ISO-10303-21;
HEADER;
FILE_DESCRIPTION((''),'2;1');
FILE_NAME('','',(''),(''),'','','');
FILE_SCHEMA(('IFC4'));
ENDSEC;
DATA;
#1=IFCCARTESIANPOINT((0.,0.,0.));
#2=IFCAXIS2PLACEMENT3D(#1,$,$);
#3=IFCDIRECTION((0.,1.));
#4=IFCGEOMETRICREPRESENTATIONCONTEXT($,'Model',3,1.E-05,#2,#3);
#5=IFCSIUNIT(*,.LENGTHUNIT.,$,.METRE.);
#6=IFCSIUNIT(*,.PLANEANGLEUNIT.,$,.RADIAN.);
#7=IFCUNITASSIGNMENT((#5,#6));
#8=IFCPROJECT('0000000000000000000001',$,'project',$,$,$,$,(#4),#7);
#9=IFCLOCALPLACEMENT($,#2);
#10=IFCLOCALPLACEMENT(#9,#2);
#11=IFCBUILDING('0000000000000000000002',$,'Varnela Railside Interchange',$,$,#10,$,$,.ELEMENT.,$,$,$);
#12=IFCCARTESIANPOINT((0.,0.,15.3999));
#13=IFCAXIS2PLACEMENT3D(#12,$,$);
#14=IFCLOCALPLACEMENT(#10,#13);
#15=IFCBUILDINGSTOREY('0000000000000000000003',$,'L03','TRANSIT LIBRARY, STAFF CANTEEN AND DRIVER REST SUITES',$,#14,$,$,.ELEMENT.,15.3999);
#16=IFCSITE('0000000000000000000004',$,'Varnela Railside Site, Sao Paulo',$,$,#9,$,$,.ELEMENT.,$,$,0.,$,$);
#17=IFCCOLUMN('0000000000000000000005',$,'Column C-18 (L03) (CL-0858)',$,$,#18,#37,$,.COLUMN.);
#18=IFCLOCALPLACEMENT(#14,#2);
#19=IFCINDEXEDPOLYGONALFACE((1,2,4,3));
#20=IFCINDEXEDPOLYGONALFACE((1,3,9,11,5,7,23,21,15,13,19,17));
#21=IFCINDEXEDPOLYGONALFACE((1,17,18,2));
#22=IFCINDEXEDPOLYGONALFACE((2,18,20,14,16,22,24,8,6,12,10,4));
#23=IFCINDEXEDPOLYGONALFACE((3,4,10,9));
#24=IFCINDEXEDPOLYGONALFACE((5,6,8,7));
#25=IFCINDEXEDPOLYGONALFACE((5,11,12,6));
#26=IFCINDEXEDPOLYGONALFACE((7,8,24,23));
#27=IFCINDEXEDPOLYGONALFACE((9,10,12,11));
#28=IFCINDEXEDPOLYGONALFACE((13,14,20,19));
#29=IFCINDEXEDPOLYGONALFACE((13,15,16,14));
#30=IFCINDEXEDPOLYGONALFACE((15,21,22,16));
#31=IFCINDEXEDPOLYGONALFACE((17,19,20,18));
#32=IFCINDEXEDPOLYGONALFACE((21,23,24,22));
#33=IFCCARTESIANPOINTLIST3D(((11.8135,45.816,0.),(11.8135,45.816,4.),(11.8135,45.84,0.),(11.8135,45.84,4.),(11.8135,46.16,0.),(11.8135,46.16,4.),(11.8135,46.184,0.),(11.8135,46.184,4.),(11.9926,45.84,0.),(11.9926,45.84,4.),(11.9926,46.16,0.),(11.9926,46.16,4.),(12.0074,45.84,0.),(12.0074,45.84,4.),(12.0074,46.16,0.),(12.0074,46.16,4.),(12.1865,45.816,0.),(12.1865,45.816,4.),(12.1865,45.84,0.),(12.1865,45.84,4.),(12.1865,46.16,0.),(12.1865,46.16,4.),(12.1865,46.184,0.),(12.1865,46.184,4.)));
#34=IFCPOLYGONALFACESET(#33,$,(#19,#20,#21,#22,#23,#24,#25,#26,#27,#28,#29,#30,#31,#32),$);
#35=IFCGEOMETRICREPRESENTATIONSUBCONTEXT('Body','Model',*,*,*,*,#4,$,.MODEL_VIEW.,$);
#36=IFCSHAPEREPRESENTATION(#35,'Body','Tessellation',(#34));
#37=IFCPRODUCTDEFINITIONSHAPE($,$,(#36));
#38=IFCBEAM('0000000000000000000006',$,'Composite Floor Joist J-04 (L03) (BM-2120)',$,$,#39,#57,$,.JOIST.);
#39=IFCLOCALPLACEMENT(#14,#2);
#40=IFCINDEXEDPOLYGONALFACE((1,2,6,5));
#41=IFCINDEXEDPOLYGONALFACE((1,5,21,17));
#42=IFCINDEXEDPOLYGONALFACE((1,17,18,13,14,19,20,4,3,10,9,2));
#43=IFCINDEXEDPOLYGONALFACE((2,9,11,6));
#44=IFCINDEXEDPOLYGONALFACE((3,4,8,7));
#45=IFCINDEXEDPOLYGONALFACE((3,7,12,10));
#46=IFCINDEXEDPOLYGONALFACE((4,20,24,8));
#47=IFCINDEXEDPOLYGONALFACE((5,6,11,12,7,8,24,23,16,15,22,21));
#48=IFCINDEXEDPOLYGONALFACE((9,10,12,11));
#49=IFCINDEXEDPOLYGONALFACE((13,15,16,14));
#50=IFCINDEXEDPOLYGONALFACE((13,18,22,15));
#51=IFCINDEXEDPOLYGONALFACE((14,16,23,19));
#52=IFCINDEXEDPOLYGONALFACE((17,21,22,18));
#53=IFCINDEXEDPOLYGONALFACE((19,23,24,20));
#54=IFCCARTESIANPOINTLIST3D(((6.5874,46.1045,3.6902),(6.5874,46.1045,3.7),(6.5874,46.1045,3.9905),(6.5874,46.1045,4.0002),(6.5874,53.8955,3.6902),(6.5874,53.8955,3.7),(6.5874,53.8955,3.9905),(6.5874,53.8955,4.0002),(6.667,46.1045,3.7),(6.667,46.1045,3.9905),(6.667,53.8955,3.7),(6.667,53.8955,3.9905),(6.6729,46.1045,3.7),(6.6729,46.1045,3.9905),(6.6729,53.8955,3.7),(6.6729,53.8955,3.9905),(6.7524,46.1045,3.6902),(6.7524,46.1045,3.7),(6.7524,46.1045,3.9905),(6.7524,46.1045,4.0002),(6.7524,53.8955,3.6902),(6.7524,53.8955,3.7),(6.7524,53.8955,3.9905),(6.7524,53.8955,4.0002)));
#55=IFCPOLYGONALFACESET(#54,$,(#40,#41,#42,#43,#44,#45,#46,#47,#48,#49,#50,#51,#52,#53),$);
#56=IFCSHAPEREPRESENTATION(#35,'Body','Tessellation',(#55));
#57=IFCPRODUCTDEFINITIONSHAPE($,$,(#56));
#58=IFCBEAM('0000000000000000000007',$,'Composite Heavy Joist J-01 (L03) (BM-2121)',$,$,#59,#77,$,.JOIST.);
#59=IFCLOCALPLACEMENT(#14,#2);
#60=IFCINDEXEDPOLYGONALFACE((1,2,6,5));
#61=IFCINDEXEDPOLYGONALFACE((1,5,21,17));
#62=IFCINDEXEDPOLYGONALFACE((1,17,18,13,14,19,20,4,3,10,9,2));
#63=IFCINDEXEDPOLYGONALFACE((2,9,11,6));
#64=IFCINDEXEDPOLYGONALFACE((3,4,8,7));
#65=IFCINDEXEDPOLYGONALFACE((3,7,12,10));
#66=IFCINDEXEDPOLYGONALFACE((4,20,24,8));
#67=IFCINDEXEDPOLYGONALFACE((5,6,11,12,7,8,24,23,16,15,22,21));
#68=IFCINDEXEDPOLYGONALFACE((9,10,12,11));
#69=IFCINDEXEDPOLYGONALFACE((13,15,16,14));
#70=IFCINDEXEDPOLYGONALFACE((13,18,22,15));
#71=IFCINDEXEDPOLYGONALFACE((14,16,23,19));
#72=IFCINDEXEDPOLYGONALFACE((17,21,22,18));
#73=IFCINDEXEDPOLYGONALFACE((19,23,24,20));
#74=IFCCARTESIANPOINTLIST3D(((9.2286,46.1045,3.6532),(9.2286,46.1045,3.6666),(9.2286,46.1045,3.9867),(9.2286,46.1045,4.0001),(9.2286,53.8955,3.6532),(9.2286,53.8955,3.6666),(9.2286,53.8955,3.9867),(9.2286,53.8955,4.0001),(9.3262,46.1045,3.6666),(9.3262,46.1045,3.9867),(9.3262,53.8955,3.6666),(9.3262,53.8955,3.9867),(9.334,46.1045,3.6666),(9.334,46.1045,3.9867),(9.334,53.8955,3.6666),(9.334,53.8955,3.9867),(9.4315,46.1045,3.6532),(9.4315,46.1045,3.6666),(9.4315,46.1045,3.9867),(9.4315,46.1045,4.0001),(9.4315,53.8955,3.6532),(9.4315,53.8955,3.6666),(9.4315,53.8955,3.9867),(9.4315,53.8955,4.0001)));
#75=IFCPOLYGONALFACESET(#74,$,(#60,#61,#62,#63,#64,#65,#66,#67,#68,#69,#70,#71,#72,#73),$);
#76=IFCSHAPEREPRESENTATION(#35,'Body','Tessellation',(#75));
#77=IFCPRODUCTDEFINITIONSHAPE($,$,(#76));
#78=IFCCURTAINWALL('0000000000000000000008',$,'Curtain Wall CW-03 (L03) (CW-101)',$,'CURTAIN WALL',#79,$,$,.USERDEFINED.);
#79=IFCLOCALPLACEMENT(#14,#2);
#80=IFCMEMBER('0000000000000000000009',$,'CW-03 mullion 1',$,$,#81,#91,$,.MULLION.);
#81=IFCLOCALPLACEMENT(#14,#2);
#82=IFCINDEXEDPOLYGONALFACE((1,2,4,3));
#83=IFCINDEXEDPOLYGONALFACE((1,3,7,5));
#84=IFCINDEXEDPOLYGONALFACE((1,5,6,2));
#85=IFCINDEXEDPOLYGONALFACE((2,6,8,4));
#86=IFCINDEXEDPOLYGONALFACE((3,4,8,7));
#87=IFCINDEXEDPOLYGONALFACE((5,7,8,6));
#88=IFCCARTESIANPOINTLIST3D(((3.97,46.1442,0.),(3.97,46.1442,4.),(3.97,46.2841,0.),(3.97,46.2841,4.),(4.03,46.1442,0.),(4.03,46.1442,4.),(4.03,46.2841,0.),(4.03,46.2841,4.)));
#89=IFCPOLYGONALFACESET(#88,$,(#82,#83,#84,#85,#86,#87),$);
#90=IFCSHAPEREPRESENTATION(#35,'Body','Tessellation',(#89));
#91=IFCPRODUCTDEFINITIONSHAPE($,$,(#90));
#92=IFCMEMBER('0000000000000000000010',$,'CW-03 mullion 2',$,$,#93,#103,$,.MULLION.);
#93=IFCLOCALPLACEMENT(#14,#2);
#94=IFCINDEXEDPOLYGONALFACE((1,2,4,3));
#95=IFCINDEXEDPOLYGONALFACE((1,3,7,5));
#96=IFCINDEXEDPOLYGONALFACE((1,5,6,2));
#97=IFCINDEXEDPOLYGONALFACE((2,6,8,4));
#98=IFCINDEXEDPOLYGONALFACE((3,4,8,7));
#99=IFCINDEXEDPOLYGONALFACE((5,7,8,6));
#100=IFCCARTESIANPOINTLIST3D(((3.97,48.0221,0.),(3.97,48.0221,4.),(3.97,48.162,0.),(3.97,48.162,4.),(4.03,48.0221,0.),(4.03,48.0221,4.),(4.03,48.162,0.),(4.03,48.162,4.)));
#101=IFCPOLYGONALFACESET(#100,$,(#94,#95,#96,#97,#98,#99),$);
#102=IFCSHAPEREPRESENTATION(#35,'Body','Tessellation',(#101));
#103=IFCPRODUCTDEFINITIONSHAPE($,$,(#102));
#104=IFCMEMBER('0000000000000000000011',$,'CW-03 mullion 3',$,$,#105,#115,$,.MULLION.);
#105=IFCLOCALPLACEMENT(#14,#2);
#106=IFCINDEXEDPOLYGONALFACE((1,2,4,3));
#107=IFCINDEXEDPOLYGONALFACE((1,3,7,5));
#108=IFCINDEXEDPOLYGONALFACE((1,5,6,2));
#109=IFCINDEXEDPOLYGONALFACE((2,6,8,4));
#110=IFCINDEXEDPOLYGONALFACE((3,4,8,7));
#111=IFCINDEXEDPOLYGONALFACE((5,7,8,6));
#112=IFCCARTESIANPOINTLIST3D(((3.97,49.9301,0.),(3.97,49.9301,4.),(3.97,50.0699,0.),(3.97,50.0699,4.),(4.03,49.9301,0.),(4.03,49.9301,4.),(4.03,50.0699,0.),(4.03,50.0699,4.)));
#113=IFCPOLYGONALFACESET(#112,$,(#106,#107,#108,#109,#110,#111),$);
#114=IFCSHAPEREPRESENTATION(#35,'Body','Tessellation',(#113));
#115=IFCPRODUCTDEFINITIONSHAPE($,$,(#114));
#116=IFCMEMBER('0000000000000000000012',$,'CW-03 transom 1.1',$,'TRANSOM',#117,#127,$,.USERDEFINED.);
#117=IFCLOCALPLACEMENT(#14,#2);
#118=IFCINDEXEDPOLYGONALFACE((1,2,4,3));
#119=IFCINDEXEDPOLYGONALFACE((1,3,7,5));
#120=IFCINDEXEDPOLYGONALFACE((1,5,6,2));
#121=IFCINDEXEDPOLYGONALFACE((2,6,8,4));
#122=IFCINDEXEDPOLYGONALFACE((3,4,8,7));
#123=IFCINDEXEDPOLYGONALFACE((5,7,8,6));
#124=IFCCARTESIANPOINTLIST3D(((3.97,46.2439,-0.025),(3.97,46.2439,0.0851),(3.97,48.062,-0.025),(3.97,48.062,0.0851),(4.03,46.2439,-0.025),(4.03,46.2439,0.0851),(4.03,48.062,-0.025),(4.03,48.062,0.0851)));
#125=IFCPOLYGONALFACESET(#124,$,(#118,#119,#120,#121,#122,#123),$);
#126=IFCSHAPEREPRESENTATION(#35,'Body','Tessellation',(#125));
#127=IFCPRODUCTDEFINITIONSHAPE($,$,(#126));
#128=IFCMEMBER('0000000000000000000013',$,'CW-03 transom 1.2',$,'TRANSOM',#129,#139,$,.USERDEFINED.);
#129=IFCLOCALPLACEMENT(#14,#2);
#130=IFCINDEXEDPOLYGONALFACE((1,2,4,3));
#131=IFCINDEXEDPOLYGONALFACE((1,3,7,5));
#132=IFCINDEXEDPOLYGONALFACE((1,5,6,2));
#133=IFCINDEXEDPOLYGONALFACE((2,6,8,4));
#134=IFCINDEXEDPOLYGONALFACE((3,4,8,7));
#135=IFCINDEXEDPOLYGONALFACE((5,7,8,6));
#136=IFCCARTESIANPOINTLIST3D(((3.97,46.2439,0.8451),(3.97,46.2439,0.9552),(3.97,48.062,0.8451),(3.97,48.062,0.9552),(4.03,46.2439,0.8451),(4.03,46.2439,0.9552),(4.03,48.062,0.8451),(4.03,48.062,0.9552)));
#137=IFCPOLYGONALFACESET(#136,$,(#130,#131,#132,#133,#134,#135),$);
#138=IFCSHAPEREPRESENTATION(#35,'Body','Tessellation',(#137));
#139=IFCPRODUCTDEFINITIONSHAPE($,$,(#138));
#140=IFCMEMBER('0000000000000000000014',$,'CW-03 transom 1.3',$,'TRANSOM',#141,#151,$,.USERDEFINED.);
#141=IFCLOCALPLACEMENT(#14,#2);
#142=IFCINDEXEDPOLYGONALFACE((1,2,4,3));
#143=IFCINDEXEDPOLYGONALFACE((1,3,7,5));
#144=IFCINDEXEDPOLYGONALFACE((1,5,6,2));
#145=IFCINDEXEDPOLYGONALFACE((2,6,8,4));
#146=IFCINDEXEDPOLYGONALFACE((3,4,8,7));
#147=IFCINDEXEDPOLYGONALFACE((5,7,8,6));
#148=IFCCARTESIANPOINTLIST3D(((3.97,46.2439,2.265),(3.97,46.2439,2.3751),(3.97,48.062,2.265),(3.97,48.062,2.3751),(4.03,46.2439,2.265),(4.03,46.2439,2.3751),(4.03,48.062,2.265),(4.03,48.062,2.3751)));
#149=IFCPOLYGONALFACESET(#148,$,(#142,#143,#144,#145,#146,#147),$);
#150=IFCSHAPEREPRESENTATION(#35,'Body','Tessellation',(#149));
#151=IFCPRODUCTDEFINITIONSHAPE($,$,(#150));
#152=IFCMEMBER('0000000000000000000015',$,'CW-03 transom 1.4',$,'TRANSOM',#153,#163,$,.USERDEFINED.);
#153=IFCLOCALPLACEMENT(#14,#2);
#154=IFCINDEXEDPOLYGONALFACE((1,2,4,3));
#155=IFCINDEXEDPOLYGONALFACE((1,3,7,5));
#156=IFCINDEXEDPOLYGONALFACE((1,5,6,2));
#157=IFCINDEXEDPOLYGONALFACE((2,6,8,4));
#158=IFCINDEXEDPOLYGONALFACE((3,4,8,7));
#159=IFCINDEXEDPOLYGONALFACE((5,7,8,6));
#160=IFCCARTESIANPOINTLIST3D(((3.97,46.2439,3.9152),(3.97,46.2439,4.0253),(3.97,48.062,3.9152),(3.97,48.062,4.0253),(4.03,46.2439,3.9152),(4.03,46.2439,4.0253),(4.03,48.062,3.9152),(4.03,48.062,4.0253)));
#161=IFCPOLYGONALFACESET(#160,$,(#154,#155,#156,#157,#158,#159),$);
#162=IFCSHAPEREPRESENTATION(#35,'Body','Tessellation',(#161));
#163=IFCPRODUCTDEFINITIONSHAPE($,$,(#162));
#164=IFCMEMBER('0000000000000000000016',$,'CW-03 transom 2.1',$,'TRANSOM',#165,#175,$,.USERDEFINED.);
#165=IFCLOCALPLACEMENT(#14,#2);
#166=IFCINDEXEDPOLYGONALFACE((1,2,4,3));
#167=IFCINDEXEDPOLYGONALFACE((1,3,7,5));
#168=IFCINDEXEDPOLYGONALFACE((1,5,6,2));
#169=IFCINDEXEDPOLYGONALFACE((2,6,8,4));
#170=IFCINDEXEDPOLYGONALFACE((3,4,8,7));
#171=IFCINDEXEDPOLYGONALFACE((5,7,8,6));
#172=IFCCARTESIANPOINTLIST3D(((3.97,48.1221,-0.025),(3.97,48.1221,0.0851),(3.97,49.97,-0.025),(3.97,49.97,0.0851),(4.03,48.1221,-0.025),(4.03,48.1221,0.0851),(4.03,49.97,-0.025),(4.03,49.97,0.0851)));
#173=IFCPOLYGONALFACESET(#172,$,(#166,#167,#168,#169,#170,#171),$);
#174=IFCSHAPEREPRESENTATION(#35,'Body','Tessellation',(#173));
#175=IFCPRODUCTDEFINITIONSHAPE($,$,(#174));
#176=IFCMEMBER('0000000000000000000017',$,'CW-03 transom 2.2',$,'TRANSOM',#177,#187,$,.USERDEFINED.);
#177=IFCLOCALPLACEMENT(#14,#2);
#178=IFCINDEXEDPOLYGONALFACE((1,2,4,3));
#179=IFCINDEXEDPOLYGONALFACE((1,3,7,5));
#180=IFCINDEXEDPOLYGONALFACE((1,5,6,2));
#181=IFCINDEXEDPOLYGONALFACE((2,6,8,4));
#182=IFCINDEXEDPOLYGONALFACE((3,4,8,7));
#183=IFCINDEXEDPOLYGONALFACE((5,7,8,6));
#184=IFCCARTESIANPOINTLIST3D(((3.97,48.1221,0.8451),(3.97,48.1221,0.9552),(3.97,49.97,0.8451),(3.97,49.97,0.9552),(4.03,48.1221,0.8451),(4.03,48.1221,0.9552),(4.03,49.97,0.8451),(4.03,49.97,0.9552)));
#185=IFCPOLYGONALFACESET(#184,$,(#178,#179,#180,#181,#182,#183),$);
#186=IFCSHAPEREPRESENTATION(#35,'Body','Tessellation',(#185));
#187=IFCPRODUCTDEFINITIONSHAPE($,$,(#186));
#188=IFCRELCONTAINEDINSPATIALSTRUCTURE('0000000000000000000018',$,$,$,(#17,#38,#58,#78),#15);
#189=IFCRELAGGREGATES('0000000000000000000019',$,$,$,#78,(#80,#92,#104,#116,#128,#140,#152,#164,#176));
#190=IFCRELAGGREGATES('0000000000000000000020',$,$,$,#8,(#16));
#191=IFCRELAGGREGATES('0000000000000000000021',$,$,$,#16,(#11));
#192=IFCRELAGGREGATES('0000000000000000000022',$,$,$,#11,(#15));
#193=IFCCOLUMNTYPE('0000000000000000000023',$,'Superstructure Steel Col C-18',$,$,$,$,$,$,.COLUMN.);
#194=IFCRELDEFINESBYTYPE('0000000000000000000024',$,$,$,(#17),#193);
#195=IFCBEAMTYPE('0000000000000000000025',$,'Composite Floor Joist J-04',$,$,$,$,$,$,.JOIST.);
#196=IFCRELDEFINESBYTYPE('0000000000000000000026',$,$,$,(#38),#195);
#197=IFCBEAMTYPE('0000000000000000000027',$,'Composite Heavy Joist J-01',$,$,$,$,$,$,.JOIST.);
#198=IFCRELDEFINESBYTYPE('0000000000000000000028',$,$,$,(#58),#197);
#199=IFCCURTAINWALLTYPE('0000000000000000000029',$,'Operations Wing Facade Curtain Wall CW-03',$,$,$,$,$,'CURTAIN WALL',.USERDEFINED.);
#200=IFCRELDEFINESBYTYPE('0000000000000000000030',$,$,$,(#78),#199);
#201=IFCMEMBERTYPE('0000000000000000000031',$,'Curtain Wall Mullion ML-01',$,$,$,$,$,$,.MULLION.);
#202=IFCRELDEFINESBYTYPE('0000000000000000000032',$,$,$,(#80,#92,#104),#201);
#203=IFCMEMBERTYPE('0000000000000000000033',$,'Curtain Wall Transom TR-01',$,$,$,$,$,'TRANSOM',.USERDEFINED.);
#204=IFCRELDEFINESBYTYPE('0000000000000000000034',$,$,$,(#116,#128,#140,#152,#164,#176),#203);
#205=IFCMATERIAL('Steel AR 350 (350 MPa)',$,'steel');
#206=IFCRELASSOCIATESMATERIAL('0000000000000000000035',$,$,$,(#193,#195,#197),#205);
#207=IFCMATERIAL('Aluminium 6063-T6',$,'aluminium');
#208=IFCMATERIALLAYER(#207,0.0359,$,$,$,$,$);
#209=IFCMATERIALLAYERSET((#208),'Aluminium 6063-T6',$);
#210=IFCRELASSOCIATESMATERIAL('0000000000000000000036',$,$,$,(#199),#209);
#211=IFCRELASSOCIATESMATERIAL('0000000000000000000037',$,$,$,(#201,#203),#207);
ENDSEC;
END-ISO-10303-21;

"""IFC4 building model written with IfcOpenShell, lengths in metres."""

from ifc_helpers import new_model, si_unit, direction, frame, origin, origin_2d, place, context, subcontext, project, spatial, rectangle, i_section, extrude, material, layer, layer_set, material_profile, profile_set, type_object, element, aggregate, save


model = new_model("IFC4")

# Units and contexts
model_context = context("Model", 3, precision=1e-05, world=origin(), true_north=direction((0.0, 1.0)))
body_context = subcontext(model_context, "Body", "Model", "MODEL_VIEW")
ifc_project = project(units=[si_unit("LENGTHUNIT", "METRE"), si_unit("PLANEANGLEUNIT", "RADIAN")], contexts=[model_context])

# Site, building, storey
site_placement = place(None, origin())
site = spatial("IfcSite", under=ifc_project, at=site_placement, Name="Varnela Railside Site, Sao Paulo", CompositionType="ELEMENT", RefElevation=0.0)
building_placement = place(site_placement, origin())
building = spatial("IfcBuilding", under=site, at=building_placement, Name="Varnela Railside Interchange", CompositionType="ELEMENT")
storey_placement = place(building_placement, frame((0.0, 0.0, 15.3999)))
storey = spatial("IfcBuildingStorey", under=building, at=storey_placement, Name="L03", Description="TRANSIT LIBRARY, STAFF CANTEEN AND DRIVER REST SUITES", CompositionType="ELEMENT", Elevation=15.3999)

# Column
ifc_material_1 = material(Name="Steel AR 350 (350 MPa)", Category="steel")
ifc_material_profile_1 = material_profile(ifc_material_1, i_section(OverallWidth=0.373, OverallDepth=0.3679, WebThickness=0.0149, FlangeThickness=0.0239, at=origin_2d()), Name="W360x179")
ifc_profile_set_1 = profile_set([ifc_material_profile_1], Name="Steel AR 350 (350 MPa)")
column_type = type_object("IfcColumnType", Name="Superstructure Steel Col C-18", PredefinedType="COLUMN", material=ifc_profile_set_1)
column_placement = place(storey_placement, frame((12.0, 46.0, 0.0), z_axis=(0.0, 0.0, 1.0), x_axis=(1.0, 0.0, 0.0)))
element("IfcColumn", 1, at=column_placement, inside=storey, type_object=column_type, Name="Column C-18 (L03) (CL-0858)", PredefinedType="COLUMN", context=body_context, shape_type="SweptSolid", body=[
    extrude(i_section(OverallWidth=0.373, OverallDepth=0.3679, WebThickness=0.0149, FlangeThickness=0.0239, at=origin_2d()), origin(), (0.0, 0.0, 1.0), 4.0),
])

# Beams
ifc_material_profile_2 = material_profile(ifc_material_1, i_section(OverallWidth=0.165, OverallDepth=0.3101, WebThickness=0.0059, FlangeThickness=0.0098, at=origin_2d()), Name="W310x38.7")
ifc_profile_set_2 = profile_set([ifc_material_profile_2], Name="Steel AR 350 (350 MPa)")
beam_type_1 = type_object("IfcBeamType", Name="Composite Floor Joist J-04", PredefinedType="JOIST", material=ifc_profile_set_2)
beam_1_placement = place(storey_placement, frame((6.6699, 46.1045, 3.8452), z_axis=(0.0, 1.0, 0.0), x_axis=(-1.0, 0.0, 0.0)))
element("IfcBeam", 2, at=beam_1_placement, inside=storey, type_object=beam_type_1, Name="Composite Floor Joist J-04 (L03) (BM-2120)", PredefinedType="JOIST", context=body_context, shape_type="SweptSolid", body=[
    extrude(i_section(OverallWidth=0.165, OverallDepth=0.3101, WebThickness=0.0059, FlangeThickness=0.0098, at=origin_2d()), origin(), (0.0, 0.0, 1.0), 7.791),
])
ifc_material_profile_3 = material_profile(ifc_material_1, i_section(OverallWidth=0.2029, OverallDepth=0.3469, WebThickness=0.0078, FlangeThickness=0.0134, at=origin_2d()), Name="W360x64")
ifc_profile_set_3 = profile_set([ifc_material_profile_3], Name="Steel AR 350 (350 MPa)")
beam_type_2 = type_object("IfcBeamType", Name="Composite Heavy Joist J-01", PredefinedType="JOIST", material=ifc_profile_set_3)
beam_2_placement = place(storey_placement, frame((9.3301, 46.1045, 3.8267), z_axis=(0.0, 1.0, 0.0), x_axis=(-1.0, 0.0, 0.0)))
element("IfcBeam", 3, at=beam_2_placement, inside=storey, type_object=beam_type_2, Name="Composite Heavy Joist J-01 (L03) (BM-2121)", PredefinedType="JOIST", context=body_context, shape_type="SweptSolid", body=[
    extrude(i_section(OverallWidth=0.2029, OverallDepth=0.3469, WebThickness=0.0078, FlangeThickness=0.0134, at=origin_2d()), origin(), (0.0, 0.0, 1.0), 7.791),
])

# Curtain wall, members
ifc_material_2 = material(Name="Aluminium 6063-T6", Category="aluminium")
ifc_layer_1 = layer(ifc_material_2, 0.0359)
ifc_layer_set_1 = layer_set([ifc_layer_1], Name="Aluminium 6063-T6")
curtain_wall_type = type_object("IfcCurtainWallType", Name="Operations Wing Facade Curtain Wall CW-03", ElementType="CURTAIN WALL", PredefinedType="USERDEFINED", material=ifc_layer_set_1)
curtain_wall_placement = place(storey_placement, origin())
curtain_wall = element("IfcCurtainWall", 4, at=curtain_wall_placement, inside=storey, type_object=curtain_wall_type, Name="Curtain Wall CW-03 (L03) (CW-101)", ObjectType="CURTAIN WALL", PredefinedType="USERDEFINED")
ifc_material_profile_4 = material_profile(ifc_material_2, rectangle(XDim=0.0601, YDim=0.1399, at=origin_2d()), Name="ALU 60x140")
ifc_profile_set_4 = profile_set([ifc_material_profile_4], Name="Aluminium 6063-T6")
member_type_1 = type_object("IfcMemberType", Name="Curtain Wall Mullion ML-01", PredefinedType="MULLION", material=ifc_profile_set_4)
member_1_placement = place(storey_placement, frame((4.0, 46.2141, 0.0), z_axis=(0.0, 0.0, 1.0), x_axis=(-1.0, 0.0, 0.0)))
member_1 = element("IfcMember", 5, at=member_1_placement, type_object=member_type_1, Name="CW-03 mullion 1", PredefinedType="MULLION", context=body_context, shape_type="SweptSolid", body=[
    extrude(rectangle(XDim=0.0601, YDim=0.1399, at=origin_2d()), origin(), (0.0, 0.0, 1.0), 4.0),
])
member_2_placement = place(storey_placement, frame((4.0, 48.092, 0.0), z_axis=(0.0, 0.0, 1.0), x_axis=(-1.0, 0.0, 0.0)))
member_2 = element("IfcMember", 6, at=member_2_placement, type_object=member_type_1, Name="CW-03 mullion 2", PredefinedType="MULLION", context=body_context, shape_type="SweptSolid", body=[
    extrude(rectangle(XDim=0.0601, YDim=0.1399, at=origin_2d()), origin(), (0.0, 0.0, 1.0), 4.0),
])
member_3_placement = place(storey_placement, frame((4.0, 50.0, 0.0), z_axis=(0.0, 0.0, 1.0), x_axis=(-1.0, 0.0, 0.0)))
member_3 = element("IfcMember", 7, at=member_3_placement, type_object=member_type_1, Name="CW-03 mullion 3", PredefinedType="MULLION", context=body_context, shape_type="SweptSolid", body=[
    extrude(rectangle(XDim=0.0601, YDim=0.1399, at=origin_2d()), origin(), (0.0, 0.0, 1.0), 4.0),
])
ifc_material_profile_5 = material_profile(ifc_material_2, rectangle(XDim=0.0601, YDim=0.1101, at=origin_2d()), Name="ALU 60x110")
ifc_profile_set_5 = profile_set([ifc_material_profile_5], Name="Aluminium 6063-T6")
member_type_2 = type_object("IfcMemberType", Name="Curtain Wall Transom TR-01", ElementType="TRANSOM", PredefinedType="USERDEFINED", material=ifc_profile_set_5)
member_4_placement = place(storey_placement, frame((4.0, 46.2439, 0.03), z_axis=(0.0, 1.0, 0.0), x_axis=(-1.0, 0.0, 0.0)))
member_4 = element("IfcMember", 8, at=member_4_placement, type_object=member_type_2, Name="CW-03 transom 1.1", ObjectType="TRANSOM", PredefinedType="USERDEFINED", context=body_context, shape_type="SweptSolid", body=[
    extrude(rectangle(XDim=0.0601, YDim=0.1101, at=origin_2d()), origin(), (0.0, 0.0, 1.0), 1.8181),
])
member_5_placement = place(storey_placement, frame((4.0, 46.2439, 0.9001), z_axis=(0.0, 1.0, 0.0), x_axis=(-1.0, 0.0, 0.0)))
member_5 = element("IfcMember", 9, at=member_5_placement, type_object=member_type_2, Name="CW-03 transom 1.2", ObjectType="TRANSOM", PredefinedType="USERDEFINED", context=body_context, shape_type="SweptSolid", body=[
    extrude(rectangle(XDim=0.0601, YDim=0.1101, at=origin_2d()), origin(), (0.0, 0.0, 1.0), 1.8181),
])
member_6_placement = place(storey_placement, frame((4.0, 46.2439, 2.3201), z_axis=(0.0, 1.0, 0.0), x_axis=(-1.0, 0.0, 0.0)))
member_6 = element("IfcMember", 10, at=member_6_placement, type_object=member_type_2, Name="CW-03 transom 1.3", ObjectType="TRANSOM", PredefinedType="USERDEFINED", context=body_context, shape_type="SweptSolid", body=[
    extrude(rectangle(XDim=0.0601, YDim=0.1101, at=origin_2d()), origin(), (0.0, 0.0, 1.0), 1.8181),
])
member_7_placement = place(storey_placement, frame((4.0, 46.2439, 3.9702), z_axis=(0.0, 1.0, 0.0), x_axis=(-1.0, 0.0, 0.0)))
member_7 = element("IfcMember", 11, at=member_7_placement, type_object=member_type_2, Name="CW-03 transom 1.4", ObjectType="TRANSOM", PredefinedType="USERDEFINED", context=body_context, shape_type="SweptSolid", body=[
    extrude(rectangle(XDim=0.0601, YDim=0.1101, at=origin_2d()), origin(), (0.0, 0.0, 1.0), 1.8181),
])
member_8_placement = place(storey_placement, frame((4.0, 48.1221, 0.03), z_axis=(0.0, 1.0, 0.0), x_axis=(-1.0, 0.0, 0.0)))
member_8 = element("IfcMember", 12, at=member_8_placement, type_object=member_type_2, Name="CW-03 transom 2.1", ObjectType="TRANSOM", PredefinedType="USERDEFINED", context=body_context, shape_type="SweptSolid", body=[
    extrude(rectangle(XDim=0.0601, YDim=0.1101, at=origin_2d()), origin(), (0.0, 0.0, 1.0), 1.8479),
])
member_9_placement = place(storey_placement, frame((4.0, 48.1221, 0.9001), z_axis=(0.0, 1.0, 0.0), x_axis=(-1.0, 0.0, 0.0)))
member_9 = element("IfcMember", 13, at=member_9_placement, type_object=member_type_2, Name="CW-03 transom 2.2", ObjectType="TRANSOM", PredefinedType="USERDEFINED", context=body_context, shape_type="SweptSolid", body=[
    extrude(rectangle(XDim=0.0601, YDim=0.1101, at=origin_2d()), origin(), (0.0, 0.0, 1.0), 1.8479),
])

aggregate(curtain_wall, [member_1, member_2, member_3, member_4, member_5, member_6, member_7, member_8, member_9])

save(model, "model.ifc")
